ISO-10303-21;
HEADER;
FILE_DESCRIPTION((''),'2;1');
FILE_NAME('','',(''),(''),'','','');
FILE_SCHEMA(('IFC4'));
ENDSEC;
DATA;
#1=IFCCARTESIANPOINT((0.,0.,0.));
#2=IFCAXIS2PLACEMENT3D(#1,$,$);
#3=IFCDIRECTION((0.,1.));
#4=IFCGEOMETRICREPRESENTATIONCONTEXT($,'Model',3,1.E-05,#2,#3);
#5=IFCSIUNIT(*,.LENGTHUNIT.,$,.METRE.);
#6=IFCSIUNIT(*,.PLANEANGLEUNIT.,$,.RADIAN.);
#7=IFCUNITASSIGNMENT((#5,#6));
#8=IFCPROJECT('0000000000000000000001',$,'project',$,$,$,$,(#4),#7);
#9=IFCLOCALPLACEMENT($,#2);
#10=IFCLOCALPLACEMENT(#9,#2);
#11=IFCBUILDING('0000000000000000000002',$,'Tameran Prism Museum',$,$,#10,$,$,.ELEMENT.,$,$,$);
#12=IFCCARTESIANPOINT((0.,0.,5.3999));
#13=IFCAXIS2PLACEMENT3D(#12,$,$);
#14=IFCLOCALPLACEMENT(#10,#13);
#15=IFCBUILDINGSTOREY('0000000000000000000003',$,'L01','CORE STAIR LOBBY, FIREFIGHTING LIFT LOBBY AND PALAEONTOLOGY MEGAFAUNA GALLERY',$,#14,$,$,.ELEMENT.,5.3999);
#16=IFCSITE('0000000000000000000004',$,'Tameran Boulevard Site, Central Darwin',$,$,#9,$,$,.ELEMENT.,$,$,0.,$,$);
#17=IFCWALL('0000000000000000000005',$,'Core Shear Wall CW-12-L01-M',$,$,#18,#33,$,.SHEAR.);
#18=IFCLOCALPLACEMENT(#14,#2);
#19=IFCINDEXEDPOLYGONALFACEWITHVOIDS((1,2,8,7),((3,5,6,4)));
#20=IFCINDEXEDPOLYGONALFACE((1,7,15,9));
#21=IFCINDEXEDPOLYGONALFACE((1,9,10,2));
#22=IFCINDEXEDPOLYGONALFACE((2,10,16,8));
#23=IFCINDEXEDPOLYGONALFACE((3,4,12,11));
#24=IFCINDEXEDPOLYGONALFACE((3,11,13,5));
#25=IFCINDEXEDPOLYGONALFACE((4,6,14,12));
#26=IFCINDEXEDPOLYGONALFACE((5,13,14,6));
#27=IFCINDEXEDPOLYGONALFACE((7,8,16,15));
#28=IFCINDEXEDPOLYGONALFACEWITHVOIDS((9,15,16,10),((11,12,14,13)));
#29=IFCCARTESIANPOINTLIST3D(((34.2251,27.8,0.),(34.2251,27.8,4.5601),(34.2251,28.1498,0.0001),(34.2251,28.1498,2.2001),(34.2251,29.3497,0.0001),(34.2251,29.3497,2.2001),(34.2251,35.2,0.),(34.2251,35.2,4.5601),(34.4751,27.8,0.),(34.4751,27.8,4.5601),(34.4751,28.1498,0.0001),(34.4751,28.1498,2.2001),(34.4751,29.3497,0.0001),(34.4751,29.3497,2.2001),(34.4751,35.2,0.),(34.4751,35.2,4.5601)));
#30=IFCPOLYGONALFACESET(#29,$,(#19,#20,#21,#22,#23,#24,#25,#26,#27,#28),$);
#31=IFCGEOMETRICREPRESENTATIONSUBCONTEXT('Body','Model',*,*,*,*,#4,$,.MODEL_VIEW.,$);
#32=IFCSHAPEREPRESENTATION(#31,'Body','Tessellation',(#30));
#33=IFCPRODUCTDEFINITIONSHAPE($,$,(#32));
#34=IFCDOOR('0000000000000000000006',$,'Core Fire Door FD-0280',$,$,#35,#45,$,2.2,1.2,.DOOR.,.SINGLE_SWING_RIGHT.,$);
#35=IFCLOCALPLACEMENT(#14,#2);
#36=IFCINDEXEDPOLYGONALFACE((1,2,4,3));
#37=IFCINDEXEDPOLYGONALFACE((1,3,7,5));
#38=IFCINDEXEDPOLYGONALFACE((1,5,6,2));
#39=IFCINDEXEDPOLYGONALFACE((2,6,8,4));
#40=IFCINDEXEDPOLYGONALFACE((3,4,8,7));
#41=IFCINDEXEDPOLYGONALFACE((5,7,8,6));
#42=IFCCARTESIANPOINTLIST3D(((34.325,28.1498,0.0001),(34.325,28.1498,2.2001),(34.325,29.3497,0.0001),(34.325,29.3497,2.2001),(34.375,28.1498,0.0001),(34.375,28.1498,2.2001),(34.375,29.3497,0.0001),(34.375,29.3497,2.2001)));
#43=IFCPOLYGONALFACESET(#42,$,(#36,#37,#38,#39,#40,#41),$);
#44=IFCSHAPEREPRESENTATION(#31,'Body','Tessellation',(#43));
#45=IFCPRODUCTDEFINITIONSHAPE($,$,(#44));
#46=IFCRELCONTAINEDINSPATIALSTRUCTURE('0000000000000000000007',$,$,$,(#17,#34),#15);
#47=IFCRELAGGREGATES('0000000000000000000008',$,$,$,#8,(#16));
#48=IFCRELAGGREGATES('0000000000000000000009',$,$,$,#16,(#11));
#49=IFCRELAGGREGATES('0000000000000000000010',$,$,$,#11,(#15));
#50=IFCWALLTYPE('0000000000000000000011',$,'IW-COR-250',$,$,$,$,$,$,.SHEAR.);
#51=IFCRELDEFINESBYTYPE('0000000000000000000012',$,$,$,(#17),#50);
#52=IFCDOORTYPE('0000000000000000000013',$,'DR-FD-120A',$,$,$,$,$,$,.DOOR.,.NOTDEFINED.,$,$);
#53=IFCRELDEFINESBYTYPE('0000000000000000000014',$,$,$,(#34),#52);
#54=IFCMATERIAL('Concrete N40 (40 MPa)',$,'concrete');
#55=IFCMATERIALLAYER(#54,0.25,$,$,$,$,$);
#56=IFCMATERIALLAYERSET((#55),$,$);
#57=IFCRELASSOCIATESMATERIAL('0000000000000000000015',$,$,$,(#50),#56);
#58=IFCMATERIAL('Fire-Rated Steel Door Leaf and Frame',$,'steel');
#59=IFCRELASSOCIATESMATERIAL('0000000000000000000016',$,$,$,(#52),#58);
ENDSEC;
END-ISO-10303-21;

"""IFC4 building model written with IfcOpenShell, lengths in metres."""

from ifc_helpers import new_model, si_unit, direction, frame, frame_2d, origin, place, context, subcontext, project, spatial, rectangle, extrude, material, layer, layer_set, type_object, element, fill, save


model = new_model("IFC4")

# Units and contexts
model_context = context("Model", 3, precision=1e-05, world=origin(), true_north=direction((0.0, 1.0)))
body_context = subcontext(model_context, "Body", "Model", "MODEL_VIEW")
ifc_project = project(units=[si_unit("LENGTHUNIT", "METRE"), si_unit("PLANEANGLEUNIT", "RADIAN")], contexts=[model_context])

# Site, building, storey
site_placement = place(None, origin())
site = spatial("IfcSite", under=ifc_project, at=site_placement, Name="Tameran Boulevard Site, Central Darwin", CompositionType="ELEMENT", RefElevation=0.0)
building_placement = place(site_placement, origin())
building = spatial("IfcBuilding", under=site, at=building_placement, Name="Tameran Prism Museum", CompositionType="ELEMENT")
storey_placement = place(building_placement, frame((0.0, 0.0, 5.3999)))
storey = spatial("IfcBuildingStorey", under=building, at=storey_placement, Name="L01", Description="CORE STAIR LOBBY, FIREFIGHTING LIFT LOBBY AND PALAEONTOLOGY MEGAFAUNA GALLERY", CompositionType="ELEMENT", Elevation=5.3999)

# Shared definitions
ifc_material_1 = material(Name="Concrete N40 (40 MPa)", Category="concrete")
ifc_layer_1 = layer(ifc_material_1, 0.25)
ifc_layer_set_1 = layer_set([ifc_layer_1])
wall_type_1 = type_object("IfcWallType", Name="IW-COR-250", PredefinedType="SHEAR", material=ifc_layer_set_1)

# Wall, opening, door
ifc_material_2 = material(Name="Fire-Rated Steel Door Leaf and Frame", Category="steel")
door_type_1 = type_object("IfcDoorType", Name="DR-FD-120A", OperationType="NOTDEFINED", PredefinedType="DOOR", material=ifc_material_2)
wall_1_placement = place(storey_placement, frame((34.3501, 35.2, 0.0), z_axis=(0.0, 0.0, 1.0), x_axis=(0.0, -1.0, 0.0)))
wall_1 = element("IfcWall", 1, at=wall_1_placement, inside=storey, type_object=wall_type_1, Name="Core Shear Wall CW-12-L01-M", PredefinedType="SHEAR", context=body_context, shape_type="SweptSolid", body=[
    extrude(rectangle(XDim=7.3999, YDim=0.25, at=frame_2d((3.7, 0.0))), origin(), (0.0, 0.0, 1.0), 4.5601),
])
opening_1_placement = place(wall_1_placement, frame((5.8501, 0.0, 0.0)))
opening_1 = element("IfcOpeningElement", 2, at=opening_1_placement, cuts=wall_1, PredefinedType="OPENING", context=body_context, shape_type="SweptSolid", body=[
    extrude(rectangle(XDim=1.2, YDim=2.2, at=frame_2d((0.6001, 1.1001))), frame((0.0, 0.135, 0.0), z_axis=(0.0, -1.0, 0.0), x_axis=(1.0, 0.0, 0.0)), (0.0, 0.0, 1.0), 0.27),
])
door_1_placement = place(opening_1_placement, origin())
door_1 = element("IfcDoor", 3, at=door_1_placement, inside=storey, type_object=door_type_1, Name="Core Fire Door FD-0280", OperationType="SINGLE_SWING_RIGHT", OverallHeight=2.2, OverallWidth=1.2, PredefinedType="DOOR", context=body_context, shape_type="SweptSolid", body=[
    extrude(rectangle(XDim=1.2, YDim=2.2, at=frame_2d((0.6001, 1.1001))), frame((0.0, 0.0249, 0.0), z_axis=(0.0, -1.0, 0.0), x_axis=(1.0, 0.0, 0.0)), (0.0, 0.0, 1.0), 0.05),
])
fill(opening_1, door_1)

save(model, "model.ifc")
